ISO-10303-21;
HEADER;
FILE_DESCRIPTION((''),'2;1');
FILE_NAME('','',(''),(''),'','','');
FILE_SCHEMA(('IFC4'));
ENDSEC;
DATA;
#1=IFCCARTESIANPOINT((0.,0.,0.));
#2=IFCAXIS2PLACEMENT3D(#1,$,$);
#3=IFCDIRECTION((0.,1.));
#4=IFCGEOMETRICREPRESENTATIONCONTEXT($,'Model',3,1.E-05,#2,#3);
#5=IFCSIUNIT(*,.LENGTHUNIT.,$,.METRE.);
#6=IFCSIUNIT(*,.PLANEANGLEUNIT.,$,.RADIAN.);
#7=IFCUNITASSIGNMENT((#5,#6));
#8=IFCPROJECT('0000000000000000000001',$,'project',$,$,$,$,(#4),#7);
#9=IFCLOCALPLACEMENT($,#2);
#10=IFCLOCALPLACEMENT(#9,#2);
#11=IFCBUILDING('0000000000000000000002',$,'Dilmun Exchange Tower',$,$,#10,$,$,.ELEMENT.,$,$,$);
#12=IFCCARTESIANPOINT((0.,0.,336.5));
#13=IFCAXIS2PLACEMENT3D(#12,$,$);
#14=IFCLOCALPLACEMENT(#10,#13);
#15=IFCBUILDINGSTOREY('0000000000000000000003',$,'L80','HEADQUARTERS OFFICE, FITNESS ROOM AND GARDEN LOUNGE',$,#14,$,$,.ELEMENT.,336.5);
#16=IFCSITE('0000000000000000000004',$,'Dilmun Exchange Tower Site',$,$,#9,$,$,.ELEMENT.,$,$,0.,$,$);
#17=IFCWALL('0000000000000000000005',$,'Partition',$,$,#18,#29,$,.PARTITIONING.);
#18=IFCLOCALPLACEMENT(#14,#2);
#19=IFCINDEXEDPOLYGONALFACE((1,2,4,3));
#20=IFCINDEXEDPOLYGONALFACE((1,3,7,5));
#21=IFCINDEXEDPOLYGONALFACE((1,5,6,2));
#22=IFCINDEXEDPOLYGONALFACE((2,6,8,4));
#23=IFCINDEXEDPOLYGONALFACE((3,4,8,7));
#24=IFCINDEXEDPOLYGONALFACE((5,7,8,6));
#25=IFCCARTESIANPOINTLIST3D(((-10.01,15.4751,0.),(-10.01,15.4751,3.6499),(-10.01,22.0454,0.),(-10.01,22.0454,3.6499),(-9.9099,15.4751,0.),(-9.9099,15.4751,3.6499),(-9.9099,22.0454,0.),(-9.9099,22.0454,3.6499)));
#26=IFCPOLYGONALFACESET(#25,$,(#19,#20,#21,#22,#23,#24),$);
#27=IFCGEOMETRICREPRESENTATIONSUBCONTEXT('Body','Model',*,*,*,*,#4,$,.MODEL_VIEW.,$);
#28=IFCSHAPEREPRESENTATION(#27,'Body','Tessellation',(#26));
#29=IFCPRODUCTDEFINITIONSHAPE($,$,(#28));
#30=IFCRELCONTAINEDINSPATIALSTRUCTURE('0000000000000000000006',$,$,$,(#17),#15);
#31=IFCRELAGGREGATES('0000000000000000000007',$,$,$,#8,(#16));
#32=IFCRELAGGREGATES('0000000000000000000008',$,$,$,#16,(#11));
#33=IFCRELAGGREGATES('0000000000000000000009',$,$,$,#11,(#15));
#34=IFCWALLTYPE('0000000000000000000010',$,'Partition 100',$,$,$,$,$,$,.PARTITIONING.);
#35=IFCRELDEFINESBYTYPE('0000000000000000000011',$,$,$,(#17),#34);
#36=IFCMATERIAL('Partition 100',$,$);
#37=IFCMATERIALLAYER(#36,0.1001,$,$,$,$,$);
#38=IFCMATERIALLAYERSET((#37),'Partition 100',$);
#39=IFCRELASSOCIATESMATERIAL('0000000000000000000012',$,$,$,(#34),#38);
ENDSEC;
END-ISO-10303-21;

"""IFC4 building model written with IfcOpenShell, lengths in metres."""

from ifc_helpers import new_model, si_unit, direction, frame, frame_2d, origin, place, context, subcontext, project, spatial, rectangle, extrude, material, layer, layer_set, type_object, element, save


model = new_model("IFC4")

# Units and contexts
model_context = context("Model", 3, precision=1e-05, world=origin(), true_north=direction((0.0, 1.0)))
body_context = subcontext(model_context, "Body", "Model", "MODEL_VIEW")
ifc_project = project(units=[si_unit("LENGTHUNIT", "METRE"), si_unit("PLANEANGLEUNIT", "RADIAN")], contexts=[model_context])

# Site, building, storey
site_placement = place(None, origin())
site = spatial("IfcSite", under=ifc_project, at=site_placement, Name="Dilmun Exchange Tower Site", CompositionType="ELEMENT", RefElevation=0.0)
building_placement = place(site_placement, origin())
building = spatial("IfcBuilding", under=site, at=building_placement, Name="Dilmun Exchange Tower", CompositionType="ELEMENT")
storey_placement = place(building_placement, frame((0.0, 0.0, 336.5)))
storey = spatial("IfcBuildingStorey", under=building, at=storey_placement, Name="L80", Description="HEADQUARTERS OFFICE, FITNESS ROOM AND GARDEN LOUNGE", CompositionType="ELEMENT", Elevation=336.5)

# Wall
ifc_material_1 = material(Name="Partition 100")
ifc_layer_1 = layer(ifc_material_1, 0.1001)
ifc_layer_set_1 = layer_set([ifc_layer_1], Name="Partition 100")
wall_type_1 = type_object("IfcWallType", Name="Partition 100", PredefinedType="PARTITIONING", material=ifc_layer_set_1)
wall_1_placement = place(storey_placement, frame((-9.96, 15.4751, 0.0), z_axis=(0.0, 0.0, 1.0), x_axis=(0.0, 1.0, 0.0)))
element("IfcWall", 1, at=wall_1_placement, inside=storey, type_object=wall_type_1, Name="Partition", PredefinedType="PARTITIONING", context=body_context, shape_type="SweptSolid", body=[
    extrude(rectangle(XDim=6.5703, YDim=0.1001, at=frame_2d((3.2852, 0.0))), origin(), (0.0, 0.0, 1.0), 3.6499),
])

save(model, "model.ifc")
